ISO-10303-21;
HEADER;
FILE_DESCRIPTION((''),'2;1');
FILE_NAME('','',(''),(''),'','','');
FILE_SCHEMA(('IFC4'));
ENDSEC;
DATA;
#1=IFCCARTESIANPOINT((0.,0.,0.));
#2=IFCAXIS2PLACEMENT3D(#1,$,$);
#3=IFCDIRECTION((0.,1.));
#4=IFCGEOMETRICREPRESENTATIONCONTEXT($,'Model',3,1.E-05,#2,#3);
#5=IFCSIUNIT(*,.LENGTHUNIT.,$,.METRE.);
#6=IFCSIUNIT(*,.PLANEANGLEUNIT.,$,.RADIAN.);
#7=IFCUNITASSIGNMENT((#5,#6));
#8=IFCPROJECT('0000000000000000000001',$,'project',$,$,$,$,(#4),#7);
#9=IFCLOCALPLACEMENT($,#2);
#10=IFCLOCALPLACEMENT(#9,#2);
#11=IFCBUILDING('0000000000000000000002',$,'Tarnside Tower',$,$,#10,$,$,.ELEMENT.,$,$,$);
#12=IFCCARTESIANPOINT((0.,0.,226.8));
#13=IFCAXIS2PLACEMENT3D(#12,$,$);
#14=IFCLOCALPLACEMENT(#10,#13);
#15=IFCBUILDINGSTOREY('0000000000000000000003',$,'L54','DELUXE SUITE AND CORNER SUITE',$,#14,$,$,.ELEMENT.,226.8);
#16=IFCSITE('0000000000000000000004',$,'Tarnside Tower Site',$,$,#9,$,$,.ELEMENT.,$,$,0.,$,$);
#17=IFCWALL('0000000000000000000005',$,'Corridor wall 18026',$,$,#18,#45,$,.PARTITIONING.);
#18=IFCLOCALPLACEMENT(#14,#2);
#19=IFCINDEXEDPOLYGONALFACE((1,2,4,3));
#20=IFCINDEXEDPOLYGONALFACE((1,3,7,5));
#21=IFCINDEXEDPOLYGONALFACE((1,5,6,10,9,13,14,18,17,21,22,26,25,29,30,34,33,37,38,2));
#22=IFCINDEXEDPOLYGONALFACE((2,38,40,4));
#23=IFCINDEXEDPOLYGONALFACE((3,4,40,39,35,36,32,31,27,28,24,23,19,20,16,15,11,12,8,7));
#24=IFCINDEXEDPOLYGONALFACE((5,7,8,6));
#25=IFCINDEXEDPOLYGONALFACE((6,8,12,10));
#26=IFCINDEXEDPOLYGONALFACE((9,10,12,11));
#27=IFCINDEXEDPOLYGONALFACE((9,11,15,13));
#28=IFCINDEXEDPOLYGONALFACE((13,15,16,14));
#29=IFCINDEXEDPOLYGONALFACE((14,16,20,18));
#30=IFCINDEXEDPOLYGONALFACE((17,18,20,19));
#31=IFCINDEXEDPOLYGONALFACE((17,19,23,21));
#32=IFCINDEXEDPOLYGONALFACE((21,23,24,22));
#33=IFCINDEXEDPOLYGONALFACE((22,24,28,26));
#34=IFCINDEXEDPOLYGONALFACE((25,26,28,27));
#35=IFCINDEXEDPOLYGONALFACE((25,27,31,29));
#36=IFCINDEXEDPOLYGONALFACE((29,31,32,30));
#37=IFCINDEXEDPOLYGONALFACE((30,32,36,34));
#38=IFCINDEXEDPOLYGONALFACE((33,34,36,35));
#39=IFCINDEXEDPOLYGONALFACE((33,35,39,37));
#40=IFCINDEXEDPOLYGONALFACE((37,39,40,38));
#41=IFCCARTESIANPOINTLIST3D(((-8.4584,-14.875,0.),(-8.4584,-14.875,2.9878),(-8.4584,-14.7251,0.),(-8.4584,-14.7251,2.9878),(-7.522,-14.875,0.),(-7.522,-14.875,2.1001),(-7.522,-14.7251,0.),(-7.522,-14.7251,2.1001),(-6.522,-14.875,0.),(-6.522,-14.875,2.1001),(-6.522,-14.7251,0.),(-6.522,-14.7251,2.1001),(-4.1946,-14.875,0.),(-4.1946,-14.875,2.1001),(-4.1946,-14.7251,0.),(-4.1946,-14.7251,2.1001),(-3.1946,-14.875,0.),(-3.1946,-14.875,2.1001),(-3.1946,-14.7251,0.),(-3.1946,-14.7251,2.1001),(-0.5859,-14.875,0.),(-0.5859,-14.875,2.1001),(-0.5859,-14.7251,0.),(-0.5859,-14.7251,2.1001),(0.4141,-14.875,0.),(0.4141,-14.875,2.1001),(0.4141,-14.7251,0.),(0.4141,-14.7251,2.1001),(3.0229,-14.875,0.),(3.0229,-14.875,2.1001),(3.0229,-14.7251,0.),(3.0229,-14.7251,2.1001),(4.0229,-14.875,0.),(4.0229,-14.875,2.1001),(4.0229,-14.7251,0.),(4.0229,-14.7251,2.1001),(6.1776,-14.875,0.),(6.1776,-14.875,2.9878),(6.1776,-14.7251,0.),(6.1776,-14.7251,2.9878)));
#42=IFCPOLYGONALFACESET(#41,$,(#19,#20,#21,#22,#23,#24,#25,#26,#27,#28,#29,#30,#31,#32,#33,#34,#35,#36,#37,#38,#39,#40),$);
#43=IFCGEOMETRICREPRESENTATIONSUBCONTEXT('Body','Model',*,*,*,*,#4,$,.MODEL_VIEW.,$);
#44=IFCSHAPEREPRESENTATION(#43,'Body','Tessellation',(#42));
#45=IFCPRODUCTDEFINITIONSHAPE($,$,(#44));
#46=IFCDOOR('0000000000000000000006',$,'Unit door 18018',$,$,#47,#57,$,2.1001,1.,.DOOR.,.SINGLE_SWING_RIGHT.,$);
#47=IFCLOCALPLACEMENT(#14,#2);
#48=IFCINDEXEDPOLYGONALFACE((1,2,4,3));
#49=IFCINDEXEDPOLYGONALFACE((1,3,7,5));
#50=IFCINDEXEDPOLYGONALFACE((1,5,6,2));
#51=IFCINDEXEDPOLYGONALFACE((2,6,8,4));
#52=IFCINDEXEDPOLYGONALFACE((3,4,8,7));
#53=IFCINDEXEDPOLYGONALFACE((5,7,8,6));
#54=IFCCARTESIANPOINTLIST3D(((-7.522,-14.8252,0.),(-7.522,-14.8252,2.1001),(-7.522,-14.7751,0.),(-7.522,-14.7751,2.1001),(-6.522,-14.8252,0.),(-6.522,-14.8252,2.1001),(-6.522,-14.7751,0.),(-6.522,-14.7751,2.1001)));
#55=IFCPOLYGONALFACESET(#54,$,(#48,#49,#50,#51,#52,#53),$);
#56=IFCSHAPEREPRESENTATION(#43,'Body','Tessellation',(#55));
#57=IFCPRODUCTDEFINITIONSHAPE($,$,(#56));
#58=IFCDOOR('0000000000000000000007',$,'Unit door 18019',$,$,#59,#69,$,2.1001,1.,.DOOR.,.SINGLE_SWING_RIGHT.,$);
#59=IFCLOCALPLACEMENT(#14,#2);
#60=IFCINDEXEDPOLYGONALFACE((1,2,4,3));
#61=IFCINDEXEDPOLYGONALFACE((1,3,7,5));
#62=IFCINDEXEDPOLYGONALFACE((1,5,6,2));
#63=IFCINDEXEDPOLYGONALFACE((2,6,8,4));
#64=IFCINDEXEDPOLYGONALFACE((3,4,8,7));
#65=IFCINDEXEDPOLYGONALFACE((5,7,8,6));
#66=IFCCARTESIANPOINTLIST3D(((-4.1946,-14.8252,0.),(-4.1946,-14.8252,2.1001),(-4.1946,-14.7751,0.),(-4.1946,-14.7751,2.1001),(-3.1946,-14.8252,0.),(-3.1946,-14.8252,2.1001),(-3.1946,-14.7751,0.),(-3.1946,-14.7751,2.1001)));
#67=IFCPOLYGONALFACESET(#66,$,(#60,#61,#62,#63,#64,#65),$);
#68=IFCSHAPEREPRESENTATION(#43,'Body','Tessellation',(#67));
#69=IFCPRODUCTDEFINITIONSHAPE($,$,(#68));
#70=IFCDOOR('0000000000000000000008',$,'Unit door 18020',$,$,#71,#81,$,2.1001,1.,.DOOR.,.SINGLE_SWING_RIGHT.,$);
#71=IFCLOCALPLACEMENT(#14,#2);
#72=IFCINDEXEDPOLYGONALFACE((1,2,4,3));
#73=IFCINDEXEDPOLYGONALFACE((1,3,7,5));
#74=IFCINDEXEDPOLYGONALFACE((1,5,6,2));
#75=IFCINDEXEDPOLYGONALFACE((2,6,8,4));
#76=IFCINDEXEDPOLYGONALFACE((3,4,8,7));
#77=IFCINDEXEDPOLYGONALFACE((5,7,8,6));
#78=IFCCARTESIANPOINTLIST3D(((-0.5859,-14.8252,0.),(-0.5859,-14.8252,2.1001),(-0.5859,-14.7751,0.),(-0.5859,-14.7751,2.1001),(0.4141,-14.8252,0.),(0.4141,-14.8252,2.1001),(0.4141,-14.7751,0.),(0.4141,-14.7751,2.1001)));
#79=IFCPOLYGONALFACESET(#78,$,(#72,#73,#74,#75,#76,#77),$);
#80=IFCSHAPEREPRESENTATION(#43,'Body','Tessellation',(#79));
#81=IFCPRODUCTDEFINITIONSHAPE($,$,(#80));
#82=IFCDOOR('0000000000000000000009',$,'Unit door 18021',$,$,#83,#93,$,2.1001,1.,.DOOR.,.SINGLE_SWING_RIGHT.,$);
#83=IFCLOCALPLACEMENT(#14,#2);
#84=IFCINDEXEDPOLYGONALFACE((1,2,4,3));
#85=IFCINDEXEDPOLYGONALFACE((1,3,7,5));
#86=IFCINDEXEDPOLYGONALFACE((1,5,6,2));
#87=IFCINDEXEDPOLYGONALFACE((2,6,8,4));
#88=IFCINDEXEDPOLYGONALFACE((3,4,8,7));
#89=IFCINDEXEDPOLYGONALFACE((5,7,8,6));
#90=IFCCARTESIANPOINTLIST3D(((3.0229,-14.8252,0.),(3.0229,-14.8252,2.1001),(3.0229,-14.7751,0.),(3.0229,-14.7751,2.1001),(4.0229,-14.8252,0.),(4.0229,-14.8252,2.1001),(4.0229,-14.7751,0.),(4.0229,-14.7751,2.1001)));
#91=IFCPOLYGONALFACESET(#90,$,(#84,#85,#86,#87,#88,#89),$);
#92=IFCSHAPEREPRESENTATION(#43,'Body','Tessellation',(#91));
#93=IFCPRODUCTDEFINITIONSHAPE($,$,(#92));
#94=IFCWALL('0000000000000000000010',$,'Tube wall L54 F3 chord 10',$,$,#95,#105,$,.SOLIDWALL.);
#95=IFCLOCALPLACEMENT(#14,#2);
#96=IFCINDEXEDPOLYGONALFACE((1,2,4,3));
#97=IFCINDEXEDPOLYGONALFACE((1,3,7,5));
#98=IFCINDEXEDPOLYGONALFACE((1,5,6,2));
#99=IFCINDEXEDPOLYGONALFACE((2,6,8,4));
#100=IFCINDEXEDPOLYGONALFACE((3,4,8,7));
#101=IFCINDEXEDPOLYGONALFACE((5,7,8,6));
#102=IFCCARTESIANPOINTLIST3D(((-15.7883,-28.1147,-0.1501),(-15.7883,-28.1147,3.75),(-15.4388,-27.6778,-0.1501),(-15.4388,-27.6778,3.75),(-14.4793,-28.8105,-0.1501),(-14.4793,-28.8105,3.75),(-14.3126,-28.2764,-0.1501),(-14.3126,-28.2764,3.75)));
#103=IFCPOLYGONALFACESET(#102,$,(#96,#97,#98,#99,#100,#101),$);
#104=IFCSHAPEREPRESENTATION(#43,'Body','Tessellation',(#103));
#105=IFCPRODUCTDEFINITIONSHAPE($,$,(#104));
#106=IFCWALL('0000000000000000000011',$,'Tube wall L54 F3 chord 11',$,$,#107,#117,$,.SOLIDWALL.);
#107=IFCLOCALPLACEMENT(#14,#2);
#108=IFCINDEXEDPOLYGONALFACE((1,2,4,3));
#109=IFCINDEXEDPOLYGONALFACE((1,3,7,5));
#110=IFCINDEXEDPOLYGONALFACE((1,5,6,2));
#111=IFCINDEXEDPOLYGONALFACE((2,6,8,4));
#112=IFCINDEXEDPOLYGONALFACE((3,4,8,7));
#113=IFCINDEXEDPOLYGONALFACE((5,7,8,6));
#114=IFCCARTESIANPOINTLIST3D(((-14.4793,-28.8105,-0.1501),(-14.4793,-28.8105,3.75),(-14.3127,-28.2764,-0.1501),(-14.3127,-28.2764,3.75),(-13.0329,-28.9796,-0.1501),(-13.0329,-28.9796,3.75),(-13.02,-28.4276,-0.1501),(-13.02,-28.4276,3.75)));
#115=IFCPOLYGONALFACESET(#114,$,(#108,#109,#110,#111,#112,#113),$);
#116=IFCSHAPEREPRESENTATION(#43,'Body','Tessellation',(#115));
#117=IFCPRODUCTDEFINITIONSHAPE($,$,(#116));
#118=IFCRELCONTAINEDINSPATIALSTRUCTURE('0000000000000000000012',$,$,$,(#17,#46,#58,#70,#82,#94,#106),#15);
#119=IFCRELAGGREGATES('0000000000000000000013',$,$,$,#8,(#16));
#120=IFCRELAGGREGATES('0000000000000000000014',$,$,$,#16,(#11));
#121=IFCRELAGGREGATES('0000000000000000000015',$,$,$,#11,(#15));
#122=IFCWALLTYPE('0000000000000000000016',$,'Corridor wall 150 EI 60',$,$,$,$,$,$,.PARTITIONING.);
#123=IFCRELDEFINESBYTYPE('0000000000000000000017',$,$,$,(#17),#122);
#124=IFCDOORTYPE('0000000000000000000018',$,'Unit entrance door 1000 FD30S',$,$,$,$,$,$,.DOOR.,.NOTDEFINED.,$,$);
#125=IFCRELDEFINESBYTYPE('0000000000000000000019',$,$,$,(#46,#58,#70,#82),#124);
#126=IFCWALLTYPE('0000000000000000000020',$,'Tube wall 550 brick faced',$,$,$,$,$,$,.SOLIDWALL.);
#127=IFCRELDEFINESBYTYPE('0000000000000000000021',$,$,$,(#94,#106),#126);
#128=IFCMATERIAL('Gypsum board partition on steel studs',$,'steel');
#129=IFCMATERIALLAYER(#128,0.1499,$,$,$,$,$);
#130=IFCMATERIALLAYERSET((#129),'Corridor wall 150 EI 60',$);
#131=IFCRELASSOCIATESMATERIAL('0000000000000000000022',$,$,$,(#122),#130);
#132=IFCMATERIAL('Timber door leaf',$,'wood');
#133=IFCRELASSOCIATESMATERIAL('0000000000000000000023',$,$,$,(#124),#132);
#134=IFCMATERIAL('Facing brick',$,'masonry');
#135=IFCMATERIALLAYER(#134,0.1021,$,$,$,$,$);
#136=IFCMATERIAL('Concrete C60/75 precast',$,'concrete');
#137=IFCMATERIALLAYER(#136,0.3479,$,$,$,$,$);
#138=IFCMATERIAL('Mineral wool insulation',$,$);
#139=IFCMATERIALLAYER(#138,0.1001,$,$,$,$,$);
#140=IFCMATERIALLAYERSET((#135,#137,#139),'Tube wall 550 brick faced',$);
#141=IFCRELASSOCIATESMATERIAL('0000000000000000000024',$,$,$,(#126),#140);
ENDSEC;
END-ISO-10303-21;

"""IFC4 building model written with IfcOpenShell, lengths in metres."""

from ifc_helpers import new_model, si_unit, direction, frame, frame_2d, origin, place, context, subcontext, project, spatial, polyline, rectangle, outline, extrude, material, layer, layer_set, type_object, element, fill, save


model = new_model("IFC4")

# Units and contexts
model_context = context("Model", 3, precision=1e-05, world=origin(), true_north=direction((0.0, 1.0)))
body_context = subcontext(model_context, "Body", "Model", "MODEL_VIEW")
ifc_project = project(units=[si_unit("LENGTHUNIT", "METRE"), si_unit("PLANEANGLEUNIT", "RADIAN")], contexts=[model_context])

# Site, building, storey
site_placement = place(None, origin())
site = spatial("IfcSite", under=ifc_project, at=site_placement, Name="Tarnside Tower Site", CompositionType="ELEMENT", RefElevation=0.0)
building_placement = place(site_placement, origin())
building = spatial("IfcBuilding", under=site, at=building_placement, Name="Tarnside Tower", CompositionType="ELEMENT")
storey_placement = place(building_placement, frame((0.0, 0.0, 226.8)))
storey = spatial("IfcBuildingStorey", under=building, at=storey_placement, Name="L54", Description="DELUXE SUITE AND CORNER SUITE", CompositionType="ELEMENT", Elevation=226.8)

# Wall, openings, doors
ifc_material_1 = material(Name="Gypsum board partition on steel studs", Category="steel")
ifc_layer_1 = layer(ifc_material_1, 0.1499)
ifc_layer_set_1 = layer_set([ifc_layer_1], Name="Corridor wall 150 EI 60")
wall_type_1 = type_object("IfcWallType", Name="Corridor wall 150 EI 60", PredefinedType="PARTITIONING", material=ifc_layer_set_1)
wall_1_placement = place(storey_placement, frame((-8.4583, -14.8, 0.0), z_axis=(0.0, 0.0, 1.0), x_axis=(1.0, 0.0, 0.0)))
wall_1 = element("IfcWall", 1, at=wall_1_placement, inside=storey, type_object=wall_type_1, Name="Corridor wall 18026", PredefinedType="PARTITIONING", context=body_context, shape_type="SweptSolid", body=[
    extrude(rectangle(XDim=14.636, YDim=0.1499, at=frame_2d((7.3179, 0.0))), origin(), (0.0, 0.0, 1.0), 2.9878),
])
opening_1_placement = place(wall_1_placement, frame((0.9363, 0.0, 0.0)))
opening_1 = element("IfcOpeningElement", 2, at=opening_1_placement, cuts=wall_1, PredefinedType="OPENING", context=body_context, shape_type="SweptSolid", body=[
    extrude(rectangle(XDim=1.0, YDim=2.1001, at=frame_2d((0.5, 1.05))), frame((0.0, 0.085, 0.0), z_axis=(0.0, -1.0, 0.0), x_axis=(1.0, 0.0, 0.0)), (0.0, 0.0, 1.0), 0.1699),
])
opening_2_placement = place(wall_1_placement, frame((4.2637, 0.0, 0.0)))
opening_2 = element("IfcOpeningElement", 3, at=opening_2_placement, cuts=wall_1, PredefinedType="OPENING", context=body_context, shape_type="SweptSolid", body=[
    extrude(rectangle(XDim=1.0, YDim=2.1001, at=frame_2d((0.5, 1.05))), frame((0.0, 0.085, 0.0), z_axis=(0.0, -1.0, 0.0), x_axis=(1.0, 0.0, 0.0)), (0.0, 0.0, 1.0), 0.1699),
])
opening_3_placement = place(wall_1_placement, frame((7.8723, 0.0, 0.0)))
opening_3 = element("IfcOpeningElement", 4, at=opening_3_placement, cuts=wall_1, PredefinedType="OPENING", context=body_context, shape_type="SweptSolid", body=[
    extrude(rectangle(XDim=1.0, YDim=2.1001, at=frame_2d((0.5, 1.05))), frame((0.0, 0.085, 0.0), z_axis=(0.0, -1.0, 0.0), x_axis=(1.0, 0.0, 0.0)), (0.0, 0.0, 1.0), 0.1699),
])
opening_4_placement = place(wall_1_placement, frame((11.4812, 0.0, 0.0)))
opening_4 = element("IfcOpeningElement", 5, at=opening_4_placement, cuts=wall_1, PredefinedType="OPENING", context=body_context, shape_type="SweptSolid", body=[
    extrude(rectangle(XDim=1.0, YDim=2.1001, at=frame_2d((0.5, 1.05))), frame((0.0, 0.085, 0.0), z_axis=(0.0, -1.0, 0.0), x_axis=(1.0, 0.0, 0.0)), (0.0, 0.0, 1.0), 0.1699),
])
ifc_material_2 = material(Name="Timber door leaf", Category="wood")
door_type = type_object("IfcDoorType", Name="Unit entrance door 1000 FD30S", OperationType="NOTDEFINED", PredefinedType="DOOR", material=ifc_material_2)
door_1_placement = place(opening_1_placement, origin())
door_1 = element("IfcDoor", 6, at=door_1_placement, inside=storey, type_object=door_type, Name="Unit door 18018", OperationType="SINGLE_SWING_RIGHT", OverallHeight=2.1001, OverallWidth=1.0, PredefinedType="DOOR", context=body_context, shape_type="SweptSolid", body=[
    extrude(rectangle(XDim=1.0, YDim=2.1001, at=frame_2d((0.5, 1.05))), frame((0.0, 0.0249, 0.0), z_axis=(0.0, -1.0, 0.0), x_axis=(1.0, 0.0, 0.0)), (0.0, 0.0, 1.0), 0.05),
])
fill(opening_1, door_1)
door_2_placement = place(opening_2_placement, origin())
door_2 = element("IfcDoor", 7, at=door_2_placement, inside=storey, type_object=door_type, Name="Unit door 18019", OperationType="SINGLE_SWING_RIGHT", OverallHeight=2.1001, OverallWidth=1.0, PredefinedType="DOOR", context=body_context, shape_type="SweptSolid", body=[
    extrude(rectangle(XDim=1.0, YDim=2.1001, at=frame_2d((0.5, 1.05))), frame((0.0, 0.0249, 0.0), z_axis=(0.0, -1.0, 0.0), x_axis=(1.0, 0.0, 0.0)), (0.0, 0.0, 1.0), 0.05),
])
fill(opening_2, door_2)
door_3_placement = place(opening_3_placement, origin())
door_3 = element("IfcDoor", 8, at=door_3_placement, inside=storey, type_object=door_type, Name="Unit door 18020", OperationType="SINGLE_SWING_RIGHT", OverallHeight=2.1001, OverallWidth=1.0, PredefinedType="DOOR", context=body_context, shape_type="SweptSolid", body=[
    extrude(rectangle(XDim=1.0, YDim=2.1001, at=frame_2d((0.5, 1.05))), frame((0.0, 0.0249, 0.0), z_axis=(0.0, -1.0, 0.0), x_axis=(1.0, 0.0, 0.0)), (0.0, 0.0, 1.0), 0.05),
])
fill(opening_3, door_3)
door_4_placement = place(opening_4_placement, origin())
door_4 = element("IfcDoor", 9, at=door_4_placement, inside=storey, type_object=door_type, Name="Unit door 18021", OperationType="SINGLE_SWING_RIGHT", OverallHeight=2.1001, OverallWidth=1.0, PredefinedType="DOOR", context=body_context, shape_type="SweptSolid", body=[
    extrude(rectangle(XDim=1.0, YDim=2.1001, at=frame_2d((0.5, 1.05))), frame((0.0, 0.0249, 0.0), z_axis=(0.0, -1.0, 0.0), x_axis=(1.0, 0.0, 0.0)), (0.0, 0.0, 1.0), 0.05),
])
fill(opening_4, door_4)

# Walls
ifc_material_3 = material(Name="Facing brick", Category="masonry")
ifc_layer_2 = layer(ifc_material_3, 0.1021)
ifc_material_4 = material(Name="Concrete C60/75 precast", Category="concrete")
ifc_layer_3 = layer(ifc_material_4, 0.3479)
ifc_material_5 = material(Name="Mineral wool insulation")
ifc_layer_4 = layer(ifc_material_5, 0.1001)
ifc_layer_set_2 = layer_set([ifc_layer_2, ifc_layer_3, ifc_layer_4], Name="Tube wall 550 brick faced")
wall_type_2 = type_object("IfcWallType", Name="Tube wall 550 brick faced", PredefinedType="SOLIDWALL", material=ifc_layer_set_2)
wall_2_placement = place(storey_placement, frame((-15.6135, -27.8962, -0.1501), z_axis=(0.0, 0.0, 1.0), x_axis=(0.882994, -0.469384, 0.0)))
element("IfcWall", 10, at=wall_2_placement, inside=storey, type_object=wall_type_2, Name="Tube wall L54 F3 chord 10", PredefinedType="SOLIDWALL", context=body_context, shape_type="SweptSolid", body=[
    extrude(outline(polyline([(-0.0518, -0.2749), (1.4307, -0.2749), (1.3271, 0.2749), (0.0518, 0.2749), (-0.0518, -0.2749)])), origin(), (0.0, 0.0, 1.0), 3.9001),
])
wall_3_placement = place(storey_placement, frame((-14.396, -28.5435, -0.1501), z_axis=(0.0, 0.0, 1.0), x_axis=(0.993233, -0.116143, 0.0)))
element("IfcWall", 11, at=wall_3_placement, inside=storey, type_object=wall_type_2, Name="Tube wall L54 F3 chord 11", PredefinedType="SOLIDWALL", context=body_context, shape_type="SweptSolid", body=[
    extrude(outline(polyline([(-0.0518, -0.2749), (1.4045, -0.2749), (1.3533, 0.2749), (0.0518, 0.2749), (-0.0518, -0.2749)])), origin(), (0.0, 0.0, 1.0), 3.9001),
])

save(model, "model.ifc")
